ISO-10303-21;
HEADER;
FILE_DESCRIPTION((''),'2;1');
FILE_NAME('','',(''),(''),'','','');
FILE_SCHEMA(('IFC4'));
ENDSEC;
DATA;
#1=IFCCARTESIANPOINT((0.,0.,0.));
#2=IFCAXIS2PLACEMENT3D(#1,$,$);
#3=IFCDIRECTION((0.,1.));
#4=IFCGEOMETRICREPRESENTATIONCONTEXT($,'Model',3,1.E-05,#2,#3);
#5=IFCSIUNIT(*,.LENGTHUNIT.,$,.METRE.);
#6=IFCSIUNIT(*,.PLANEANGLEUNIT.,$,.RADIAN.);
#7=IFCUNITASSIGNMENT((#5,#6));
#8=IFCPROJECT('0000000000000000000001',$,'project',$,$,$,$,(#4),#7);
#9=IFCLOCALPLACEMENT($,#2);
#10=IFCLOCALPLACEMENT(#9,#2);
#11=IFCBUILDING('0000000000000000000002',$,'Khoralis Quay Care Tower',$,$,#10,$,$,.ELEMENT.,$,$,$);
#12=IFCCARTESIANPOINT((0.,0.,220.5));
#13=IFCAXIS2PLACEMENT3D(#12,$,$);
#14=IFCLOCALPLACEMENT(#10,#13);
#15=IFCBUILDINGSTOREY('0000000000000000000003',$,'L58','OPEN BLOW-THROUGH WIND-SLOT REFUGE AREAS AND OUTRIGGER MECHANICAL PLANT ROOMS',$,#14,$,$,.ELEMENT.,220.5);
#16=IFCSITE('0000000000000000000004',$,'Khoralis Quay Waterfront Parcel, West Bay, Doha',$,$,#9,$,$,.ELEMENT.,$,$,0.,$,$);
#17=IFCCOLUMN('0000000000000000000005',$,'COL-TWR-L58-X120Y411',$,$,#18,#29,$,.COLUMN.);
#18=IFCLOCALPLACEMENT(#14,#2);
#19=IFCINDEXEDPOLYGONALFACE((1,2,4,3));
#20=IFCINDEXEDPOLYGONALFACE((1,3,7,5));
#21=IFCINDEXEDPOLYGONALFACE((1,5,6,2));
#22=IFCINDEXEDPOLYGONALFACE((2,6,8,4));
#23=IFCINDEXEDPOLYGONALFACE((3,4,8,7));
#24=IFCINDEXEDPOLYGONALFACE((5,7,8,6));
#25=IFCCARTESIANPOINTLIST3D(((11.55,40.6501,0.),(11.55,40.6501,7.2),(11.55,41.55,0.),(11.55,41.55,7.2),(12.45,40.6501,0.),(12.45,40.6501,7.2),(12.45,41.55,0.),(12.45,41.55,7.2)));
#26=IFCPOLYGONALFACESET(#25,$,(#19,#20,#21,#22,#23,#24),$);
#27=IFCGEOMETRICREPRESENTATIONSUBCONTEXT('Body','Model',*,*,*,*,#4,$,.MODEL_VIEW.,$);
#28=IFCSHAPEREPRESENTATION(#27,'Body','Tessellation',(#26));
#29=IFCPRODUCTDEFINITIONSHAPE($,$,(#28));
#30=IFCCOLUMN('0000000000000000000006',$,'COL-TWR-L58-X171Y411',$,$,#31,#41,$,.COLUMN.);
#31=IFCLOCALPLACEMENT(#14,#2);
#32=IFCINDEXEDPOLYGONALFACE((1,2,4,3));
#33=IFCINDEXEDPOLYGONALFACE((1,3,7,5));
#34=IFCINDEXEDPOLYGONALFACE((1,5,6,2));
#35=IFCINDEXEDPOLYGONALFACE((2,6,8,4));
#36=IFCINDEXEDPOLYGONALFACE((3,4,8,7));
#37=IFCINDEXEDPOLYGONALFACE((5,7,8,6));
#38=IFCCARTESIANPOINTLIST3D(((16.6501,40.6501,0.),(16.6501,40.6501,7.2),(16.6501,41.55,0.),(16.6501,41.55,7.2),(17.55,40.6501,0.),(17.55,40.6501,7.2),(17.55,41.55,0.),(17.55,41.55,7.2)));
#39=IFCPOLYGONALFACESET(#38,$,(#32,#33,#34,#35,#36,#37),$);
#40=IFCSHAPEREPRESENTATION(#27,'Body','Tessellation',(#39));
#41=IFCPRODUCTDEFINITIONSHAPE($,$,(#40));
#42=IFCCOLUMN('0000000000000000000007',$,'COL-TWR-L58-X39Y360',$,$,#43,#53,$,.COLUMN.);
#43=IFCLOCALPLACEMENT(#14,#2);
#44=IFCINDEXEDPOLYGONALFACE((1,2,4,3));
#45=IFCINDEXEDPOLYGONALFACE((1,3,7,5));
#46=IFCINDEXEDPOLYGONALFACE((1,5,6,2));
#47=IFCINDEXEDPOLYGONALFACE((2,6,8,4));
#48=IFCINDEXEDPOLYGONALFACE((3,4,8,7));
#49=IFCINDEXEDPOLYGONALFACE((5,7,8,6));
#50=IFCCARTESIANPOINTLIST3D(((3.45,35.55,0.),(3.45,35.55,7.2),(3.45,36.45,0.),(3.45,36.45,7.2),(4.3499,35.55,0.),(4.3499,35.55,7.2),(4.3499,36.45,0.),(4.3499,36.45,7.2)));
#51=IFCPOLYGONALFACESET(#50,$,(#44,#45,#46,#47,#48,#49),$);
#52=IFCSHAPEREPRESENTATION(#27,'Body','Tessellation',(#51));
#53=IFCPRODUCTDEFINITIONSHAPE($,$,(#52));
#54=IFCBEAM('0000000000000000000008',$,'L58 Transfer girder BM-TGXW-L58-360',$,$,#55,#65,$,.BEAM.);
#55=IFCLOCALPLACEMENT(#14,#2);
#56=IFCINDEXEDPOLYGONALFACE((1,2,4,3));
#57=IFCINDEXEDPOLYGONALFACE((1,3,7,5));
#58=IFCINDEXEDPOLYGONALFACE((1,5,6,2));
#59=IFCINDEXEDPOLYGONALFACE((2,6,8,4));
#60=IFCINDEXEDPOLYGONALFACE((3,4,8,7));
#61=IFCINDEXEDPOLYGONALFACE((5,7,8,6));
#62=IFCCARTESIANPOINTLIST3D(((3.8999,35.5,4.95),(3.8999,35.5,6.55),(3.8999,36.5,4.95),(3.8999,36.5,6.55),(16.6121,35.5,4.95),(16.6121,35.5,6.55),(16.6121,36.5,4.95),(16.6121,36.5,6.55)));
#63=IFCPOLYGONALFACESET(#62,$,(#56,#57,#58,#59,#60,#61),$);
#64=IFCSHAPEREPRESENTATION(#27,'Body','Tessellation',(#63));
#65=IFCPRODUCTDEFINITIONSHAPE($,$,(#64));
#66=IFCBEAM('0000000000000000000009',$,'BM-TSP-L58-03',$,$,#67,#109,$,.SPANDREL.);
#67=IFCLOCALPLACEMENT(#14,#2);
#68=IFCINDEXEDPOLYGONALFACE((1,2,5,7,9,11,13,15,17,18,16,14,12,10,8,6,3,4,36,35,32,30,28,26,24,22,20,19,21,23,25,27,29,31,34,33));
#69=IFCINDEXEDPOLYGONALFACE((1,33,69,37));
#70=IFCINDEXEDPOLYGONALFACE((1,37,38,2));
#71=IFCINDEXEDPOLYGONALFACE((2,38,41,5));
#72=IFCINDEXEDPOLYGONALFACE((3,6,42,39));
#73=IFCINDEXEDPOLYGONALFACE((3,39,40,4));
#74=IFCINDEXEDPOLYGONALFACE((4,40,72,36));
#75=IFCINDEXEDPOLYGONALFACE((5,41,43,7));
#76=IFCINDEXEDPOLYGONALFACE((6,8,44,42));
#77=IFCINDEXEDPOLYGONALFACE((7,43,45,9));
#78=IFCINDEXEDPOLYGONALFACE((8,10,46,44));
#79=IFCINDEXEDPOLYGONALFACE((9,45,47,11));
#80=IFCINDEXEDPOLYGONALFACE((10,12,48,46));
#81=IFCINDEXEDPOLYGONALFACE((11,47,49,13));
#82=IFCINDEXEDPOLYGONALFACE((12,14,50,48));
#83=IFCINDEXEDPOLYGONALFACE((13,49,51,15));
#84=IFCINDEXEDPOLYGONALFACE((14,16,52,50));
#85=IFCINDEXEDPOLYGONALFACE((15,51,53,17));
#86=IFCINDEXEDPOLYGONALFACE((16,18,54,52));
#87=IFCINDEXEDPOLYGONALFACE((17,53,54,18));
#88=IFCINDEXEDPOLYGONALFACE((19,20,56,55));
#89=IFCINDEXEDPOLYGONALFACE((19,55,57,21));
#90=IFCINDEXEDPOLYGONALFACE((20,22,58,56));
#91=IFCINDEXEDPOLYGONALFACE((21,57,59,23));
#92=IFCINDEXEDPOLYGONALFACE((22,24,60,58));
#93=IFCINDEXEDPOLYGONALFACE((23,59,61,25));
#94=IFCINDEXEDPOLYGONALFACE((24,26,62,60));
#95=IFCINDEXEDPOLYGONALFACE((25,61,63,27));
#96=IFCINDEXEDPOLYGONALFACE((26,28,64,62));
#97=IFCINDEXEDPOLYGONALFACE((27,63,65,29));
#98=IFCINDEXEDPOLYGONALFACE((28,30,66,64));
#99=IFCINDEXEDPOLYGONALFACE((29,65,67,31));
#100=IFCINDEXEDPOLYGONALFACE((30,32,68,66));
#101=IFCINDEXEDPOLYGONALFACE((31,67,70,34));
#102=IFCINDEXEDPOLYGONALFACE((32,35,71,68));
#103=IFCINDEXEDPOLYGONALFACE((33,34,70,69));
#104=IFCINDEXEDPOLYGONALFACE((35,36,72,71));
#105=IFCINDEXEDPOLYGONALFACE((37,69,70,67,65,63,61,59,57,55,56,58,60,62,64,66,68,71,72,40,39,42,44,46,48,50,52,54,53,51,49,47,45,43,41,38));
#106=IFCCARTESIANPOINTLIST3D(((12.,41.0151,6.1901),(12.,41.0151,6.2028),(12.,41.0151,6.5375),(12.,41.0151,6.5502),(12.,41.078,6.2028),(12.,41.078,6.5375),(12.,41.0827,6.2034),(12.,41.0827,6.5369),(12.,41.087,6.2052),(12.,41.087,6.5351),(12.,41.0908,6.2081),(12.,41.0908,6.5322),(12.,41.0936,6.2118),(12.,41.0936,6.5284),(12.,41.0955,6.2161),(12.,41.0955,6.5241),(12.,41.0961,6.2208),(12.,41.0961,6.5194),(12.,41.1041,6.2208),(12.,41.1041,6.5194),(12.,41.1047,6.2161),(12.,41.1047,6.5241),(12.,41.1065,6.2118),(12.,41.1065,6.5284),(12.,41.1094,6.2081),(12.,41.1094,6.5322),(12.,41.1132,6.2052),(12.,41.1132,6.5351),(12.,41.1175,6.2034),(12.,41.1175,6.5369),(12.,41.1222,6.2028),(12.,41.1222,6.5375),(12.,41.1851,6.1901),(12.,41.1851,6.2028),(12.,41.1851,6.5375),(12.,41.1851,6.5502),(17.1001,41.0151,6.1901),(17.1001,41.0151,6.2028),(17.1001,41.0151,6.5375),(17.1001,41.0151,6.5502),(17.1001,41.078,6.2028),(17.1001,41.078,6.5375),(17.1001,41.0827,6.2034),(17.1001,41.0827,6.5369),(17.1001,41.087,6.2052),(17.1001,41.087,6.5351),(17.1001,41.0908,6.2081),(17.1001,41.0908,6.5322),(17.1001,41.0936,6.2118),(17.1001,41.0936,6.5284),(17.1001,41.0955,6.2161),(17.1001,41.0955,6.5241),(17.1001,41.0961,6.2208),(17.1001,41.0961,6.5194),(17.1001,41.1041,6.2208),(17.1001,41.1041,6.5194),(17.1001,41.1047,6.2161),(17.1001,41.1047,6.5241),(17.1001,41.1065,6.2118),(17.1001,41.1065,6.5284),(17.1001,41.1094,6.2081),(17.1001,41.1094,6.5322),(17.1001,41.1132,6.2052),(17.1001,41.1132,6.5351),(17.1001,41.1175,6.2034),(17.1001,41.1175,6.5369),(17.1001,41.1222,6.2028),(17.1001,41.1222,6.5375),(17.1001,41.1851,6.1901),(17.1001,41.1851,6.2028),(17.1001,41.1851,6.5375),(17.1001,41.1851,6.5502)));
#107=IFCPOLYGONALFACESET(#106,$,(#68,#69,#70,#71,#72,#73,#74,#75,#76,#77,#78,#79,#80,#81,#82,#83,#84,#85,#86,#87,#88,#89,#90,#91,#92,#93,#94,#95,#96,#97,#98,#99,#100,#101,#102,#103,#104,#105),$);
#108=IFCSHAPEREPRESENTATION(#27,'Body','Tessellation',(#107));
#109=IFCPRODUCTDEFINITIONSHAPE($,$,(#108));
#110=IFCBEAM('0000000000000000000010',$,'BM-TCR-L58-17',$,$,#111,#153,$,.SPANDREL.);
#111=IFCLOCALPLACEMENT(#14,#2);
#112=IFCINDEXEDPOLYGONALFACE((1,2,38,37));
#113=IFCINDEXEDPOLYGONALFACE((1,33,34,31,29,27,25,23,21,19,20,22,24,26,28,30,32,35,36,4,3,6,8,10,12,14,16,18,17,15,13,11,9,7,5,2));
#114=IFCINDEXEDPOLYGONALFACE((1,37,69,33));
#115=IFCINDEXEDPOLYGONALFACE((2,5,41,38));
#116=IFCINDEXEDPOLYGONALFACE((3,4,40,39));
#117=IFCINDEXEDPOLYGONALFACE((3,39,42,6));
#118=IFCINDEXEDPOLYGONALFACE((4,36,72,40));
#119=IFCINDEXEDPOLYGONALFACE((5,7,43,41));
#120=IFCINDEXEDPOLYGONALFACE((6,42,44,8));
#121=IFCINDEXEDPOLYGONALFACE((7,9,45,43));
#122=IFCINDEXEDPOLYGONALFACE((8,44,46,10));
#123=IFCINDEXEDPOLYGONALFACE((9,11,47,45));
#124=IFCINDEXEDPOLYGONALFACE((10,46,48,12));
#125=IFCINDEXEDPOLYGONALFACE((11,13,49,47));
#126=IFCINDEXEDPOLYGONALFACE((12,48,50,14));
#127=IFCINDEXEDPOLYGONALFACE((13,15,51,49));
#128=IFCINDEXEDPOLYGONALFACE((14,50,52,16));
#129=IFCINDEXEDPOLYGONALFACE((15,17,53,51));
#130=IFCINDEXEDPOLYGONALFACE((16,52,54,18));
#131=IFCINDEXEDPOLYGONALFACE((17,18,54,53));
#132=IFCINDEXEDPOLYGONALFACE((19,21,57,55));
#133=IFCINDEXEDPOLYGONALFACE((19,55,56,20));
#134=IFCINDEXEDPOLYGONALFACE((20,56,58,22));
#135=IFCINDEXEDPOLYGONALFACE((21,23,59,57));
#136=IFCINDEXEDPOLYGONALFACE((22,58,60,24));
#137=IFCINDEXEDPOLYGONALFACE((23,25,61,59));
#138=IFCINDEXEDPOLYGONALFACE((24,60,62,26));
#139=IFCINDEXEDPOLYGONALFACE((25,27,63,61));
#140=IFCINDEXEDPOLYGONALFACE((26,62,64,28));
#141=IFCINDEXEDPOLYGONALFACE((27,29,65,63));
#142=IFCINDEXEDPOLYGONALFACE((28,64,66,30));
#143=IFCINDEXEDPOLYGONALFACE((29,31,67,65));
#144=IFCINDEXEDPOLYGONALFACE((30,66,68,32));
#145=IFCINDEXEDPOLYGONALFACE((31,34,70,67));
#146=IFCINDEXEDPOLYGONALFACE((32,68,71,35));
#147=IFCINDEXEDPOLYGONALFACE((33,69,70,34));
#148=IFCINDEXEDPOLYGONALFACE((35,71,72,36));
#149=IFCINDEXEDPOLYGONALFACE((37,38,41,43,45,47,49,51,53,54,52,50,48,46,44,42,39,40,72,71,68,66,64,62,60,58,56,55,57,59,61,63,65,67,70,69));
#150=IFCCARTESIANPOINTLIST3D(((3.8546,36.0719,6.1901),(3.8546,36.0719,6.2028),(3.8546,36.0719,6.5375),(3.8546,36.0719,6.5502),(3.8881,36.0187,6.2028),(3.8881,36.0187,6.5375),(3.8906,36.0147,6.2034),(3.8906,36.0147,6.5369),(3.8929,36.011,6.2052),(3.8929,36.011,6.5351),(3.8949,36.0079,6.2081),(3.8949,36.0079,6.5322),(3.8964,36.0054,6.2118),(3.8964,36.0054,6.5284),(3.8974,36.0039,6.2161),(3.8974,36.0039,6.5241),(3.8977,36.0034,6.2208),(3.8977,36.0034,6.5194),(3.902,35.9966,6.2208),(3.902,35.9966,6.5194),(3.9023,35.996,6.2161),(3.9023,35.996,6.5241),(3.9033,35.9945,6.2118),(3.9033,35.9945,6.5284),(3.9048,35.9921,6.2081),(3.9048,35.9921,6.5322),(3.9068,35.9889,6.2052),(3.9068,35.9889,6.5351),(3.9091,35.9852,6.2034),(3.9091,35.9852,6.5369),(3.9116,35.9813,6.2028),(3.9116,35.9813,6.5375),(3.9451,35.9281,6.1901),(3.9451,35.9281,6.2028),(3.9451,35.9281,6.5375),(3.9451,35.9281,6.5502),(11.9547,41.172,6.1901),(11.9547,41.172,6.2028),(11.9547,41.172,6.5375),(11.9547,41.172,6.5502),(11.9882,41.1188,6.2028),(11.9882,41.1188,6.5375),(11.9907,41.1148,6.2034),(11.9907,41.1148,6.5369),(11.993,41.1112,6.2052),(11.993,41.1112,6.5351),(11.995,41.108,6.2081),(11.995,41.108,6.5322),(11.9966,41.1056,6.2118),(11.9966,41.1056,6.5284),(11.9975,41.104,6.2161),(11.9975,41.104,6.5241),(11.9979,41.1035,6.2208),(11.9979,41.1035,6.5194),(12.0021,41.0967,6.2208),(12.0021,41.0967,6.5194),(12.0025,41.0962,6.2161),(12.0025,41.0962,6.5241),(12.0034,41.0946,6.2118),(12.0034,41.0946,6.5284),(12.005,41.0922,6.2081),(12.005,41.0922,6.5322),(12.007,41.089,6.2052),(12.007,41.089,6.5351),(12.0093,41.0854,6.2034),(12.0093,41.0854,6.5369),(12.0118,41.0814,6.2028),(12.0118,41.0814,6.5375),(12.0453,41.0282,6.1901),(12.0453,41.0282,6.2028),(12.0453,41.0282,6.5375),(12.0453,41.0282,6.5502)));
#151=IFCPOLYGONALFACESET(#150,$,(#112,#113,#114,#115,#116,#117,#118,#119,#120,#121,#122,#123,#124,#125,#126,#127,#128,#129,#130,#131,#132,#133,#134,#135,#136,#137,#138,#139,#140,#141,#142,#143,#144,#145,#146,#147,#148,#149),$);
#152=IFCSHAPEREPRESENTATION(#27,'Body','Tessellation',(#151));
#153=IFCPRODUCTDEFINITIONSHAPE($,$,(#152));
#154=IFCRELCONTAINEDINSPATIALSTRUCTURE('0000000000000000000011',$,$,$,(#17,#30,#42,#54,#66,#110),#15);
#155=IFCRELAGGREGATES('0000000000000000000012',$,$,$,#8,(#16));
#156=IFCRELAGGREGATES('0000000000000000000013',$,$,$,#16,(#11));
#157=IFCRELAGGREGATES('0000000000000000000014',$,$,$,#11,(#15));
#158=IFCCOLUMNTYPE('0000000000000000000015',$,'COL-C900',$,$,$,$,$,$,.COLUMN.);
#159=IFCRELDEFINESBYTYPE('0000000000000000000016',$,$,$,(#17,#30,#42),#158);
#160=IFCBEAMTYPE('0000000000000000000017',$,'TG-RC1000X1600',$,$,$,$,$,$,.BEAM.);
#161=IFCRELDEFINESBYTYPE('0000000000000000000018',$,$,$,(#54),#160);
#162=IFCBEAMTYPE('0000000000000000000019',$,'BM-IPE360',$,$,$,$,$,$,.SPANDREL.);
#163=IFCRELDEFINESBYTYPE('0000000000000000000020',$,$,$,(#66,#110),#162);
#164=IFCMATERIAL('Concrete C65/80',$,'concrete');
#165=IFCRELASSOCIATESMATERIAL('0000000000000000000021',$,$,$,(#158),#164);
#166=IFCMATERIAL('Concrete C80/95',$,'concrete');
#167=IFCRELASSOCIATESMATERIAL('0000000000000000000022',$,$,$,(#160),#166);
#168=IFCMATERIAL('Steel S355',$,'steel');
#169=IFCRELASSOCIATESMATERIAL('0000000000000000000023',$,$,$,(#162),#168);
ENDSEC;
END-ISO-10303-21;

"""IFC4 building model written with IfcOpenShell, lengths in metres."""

from ifc_helpers import new_model, si_unit, direction, frame, origin, origin_2d, place, context, subcontext, project, spatial, rectangle, i_section, extrude, source, transform, mapped, material, material_profile, profile_set, type_object, element, save


model = new_model("IFC4")

# Units and contexts
model_context = context("Model", 3, precision=1e-05, world=origin(), true_north=direction((0.0, 1.0)))
body_context = subcontext(model_context, "Body", "Model", "MODEL_VIEW")
ifc_project = project(units=[si_unit("LENGTHUNIT", "METRE"), si_unit("PLANEANGLEUNIT", "RADIAN")], contexts=[model_context])

# Site, building, storey
site_placement = place(None, origin())
site = spatial("IfcSite", under=ifc_project, at=site_placement, Name="Khoralis Quay Waterfront Parcel, West Bay, Doha", CompositionType="ELEMENT", RefElevation=0.0)
building_placement = place(site_placement, origin())
building = spatial("IfcBuilding", under=site, at=building_placement, Name="Khoralis Quay Care Tower", CompositionType="ELEMENT")
storey_placement = place(building_placement, frame((0.0, 0.0, 220.5)))
storey = spatial("IfcBuildingStorey", under=building, at=storey_placement, Name="L58", Description="OPEN BLOW-THROUGH WIND-SLOT REFUGE AREAS AND OUTRIGGER MECHANICAL PLANT ROOMS", CompositionType="ELEMENT", Elevation=220.5)

# Columns
ifc_material_1 = material(Name="Concrete C65/80", Category="concrete")
ifc_material_profile_1 = material_profile(ifc_material_1, rectangle(XDim=0.8999, YDim=0.8999, at=origin_2d()), Name="Concrete C65/80")
ifc_profile_set_1 = profile_set([ifc_material_profile_1], Name="Concrete C65/80")
column_type = type_object("IfcColumnType", Name="COL-C900", PredefinedType="COLUMN", material=ifc_profile_set_1)
shared_shape_1 = source(origin(), body_context, "Body", "SweptSolid", [
    extrude(rectangle(XDim=0.8999, YDim=0.8999, at=origin_2d()), origin(), (0.0, 0.0, 1.0), 7.2),
])
for number, where, z_axis, x_axis, name in (
    (1, (12.0, 41.1001, 0.0), (0.0, 0.0, 1.0), (1.0, 0.0, 0.0), "COL-TWR-L58-X120Y411"),
    (2, (17.1001, 41.1001, 0.0), (0.0, 0.0, 1.0), (1.0, 0.0, 0.0), "COL-TWR-L58-X171Y411"),
    (3, (3.8999, 36.0, 0.0), (0.0, 0.0, 1.0), (1.0, 0.0, 0.0), "COL-TWR-L58-X39Y360"),
):
    element("IfcColumn", number, at=place(storey_placement, frame(where, z_axis=z_axis, x_axis=x_axis)), inside=storey, type_object=column_type, Name=name, PredefinedType="COLUMN", context=body_context, shape_type="MappedRepresentation", body=[
        mapped(shared_shape_1, transform((0.0, 0.0, 0.0), scale=1.0)),
    ])

# Beams
ifc_material_2 = material(Name="Concrete C80/95", Category="concrete")
ifc_material_profile_2 = material_profile(ifc_material_2, rectangle(XDim=1.0, YDim=1.6001, at=origin_2d()), Name="Concrete C80/95")
ifc_profile_set_2 = profile_set([ifc_material_profile_2], Name="Concrete C80/95")
beam_type_1 = type_object("IfcBeamType", Name="TG-RC1000X1600", PredefinedType="BEAM", material=ifc_profile_set_2)
shared_shape_2 = source(origin(), body_context, "Body", "SweptSolid", [
    extrude(rectangle(XDim=1.0, YDim=1.6001, at=origin_2d()), origin(), (0.0, 0.0, 1.0), 12.7122),
])
beam_1_placement = place(storey_placement, frame((3.8999, 36.0, 5.75), z_axis=(1.0, 0.0, 0.0), x_axis=(0.0, 1.0, 0.0)))
element("IfcBeam", 4, at=beam_1_placement, inside=storey, type_object=beam_type_1, Name="L58 Transfer girder BM-TGXW-L58-360", PredefinedType="BEAM", context=body_context, shape_type="MappedRepresentation", body=[
    mapped(shared_shape_2, transform((0.0, 0.0, 0.0), scale=1.0)),
])
ifc_material_3 = material(Name="Steel S355", Category="steel")
ifc_material_profile_3 = material_profile(ifc_material_3, i_section(OverallWidth=0.1699, OverallDepth=0.3601, WebThickness=0.0081, FlangeThickness=0.0127, FilletRadius=0.0181, at=origin_2d()), Name="Steel S355")
ifc_profile_set_3 = profile_set([ifc_material_profile_3], Name="Steel S355")
beam_type_2 = type_object("IfcBeamType", Name="BM-IPE360", PredefinedType="SPANDREL", material=ifc_profile_set_3)
shared_shape_3 = source(origin(), body_context, "Body", "SweptSolid", [
    extrude(i_section(OverallWidth=0.1699, OverallDepth=0.3601, WebThickness=0.0081, FlangeThickness=0.0127, FilletRadius=0.0181, at=origin_2d()), origin(), (0.0, 0.0, 1.0), 5.1001),
])
beam_2_placement = place(storey_placement, frame((12.0, 41.1001, 6.3701), z_axis=(1.0, 0.0, 0.0), x_axis=(0.0, 1.0, 0.0)))
element("IfcBeam", 5, at=beam_2_placement, inside=storey, type_object=beam_type_2, Name="BM-TSP-L58-03", PredefinedType="SPANDREL", context=body_context, shape_type="MappedRepresentation", body=[
    mapped(shared_shape_3, transform((0.0, 0.0, 0.0), scale=1.0)),
])
shared_shape_4 = source(origin(), body_context, "Body", "SweptSolid", [
    extrude(i_section(OverallWidth=0.1699, OverallDepth=0.3601, WebThickness=0.0081, FlangeThickness=0.0127, FilletRadius=0.0181, at=origin_2d()), origin(), (0.0, 0.0, 1.0), 9.572),
])
beam_3_placement = place(storey_placement, frame((12.0, 41.1001, 6.3701), z_axis=(-0.846231, -0.532816, 0.0), x_axis=(0.532816, -0.846231, 0.0)))
element("IfcBeam", 6, at=beam_3_placement, inside=storey, type_object=beam_type_2, Name="BM-TCR-L58-17", PredefinedType="SPANDREL", context=body_context, shape_type="MappedRepresentation", body=[
    mapped(shared_shape_4, transform((0.0, 0.0, 0.0), scale=1.0)),
])

save(model, "model.ifc")
